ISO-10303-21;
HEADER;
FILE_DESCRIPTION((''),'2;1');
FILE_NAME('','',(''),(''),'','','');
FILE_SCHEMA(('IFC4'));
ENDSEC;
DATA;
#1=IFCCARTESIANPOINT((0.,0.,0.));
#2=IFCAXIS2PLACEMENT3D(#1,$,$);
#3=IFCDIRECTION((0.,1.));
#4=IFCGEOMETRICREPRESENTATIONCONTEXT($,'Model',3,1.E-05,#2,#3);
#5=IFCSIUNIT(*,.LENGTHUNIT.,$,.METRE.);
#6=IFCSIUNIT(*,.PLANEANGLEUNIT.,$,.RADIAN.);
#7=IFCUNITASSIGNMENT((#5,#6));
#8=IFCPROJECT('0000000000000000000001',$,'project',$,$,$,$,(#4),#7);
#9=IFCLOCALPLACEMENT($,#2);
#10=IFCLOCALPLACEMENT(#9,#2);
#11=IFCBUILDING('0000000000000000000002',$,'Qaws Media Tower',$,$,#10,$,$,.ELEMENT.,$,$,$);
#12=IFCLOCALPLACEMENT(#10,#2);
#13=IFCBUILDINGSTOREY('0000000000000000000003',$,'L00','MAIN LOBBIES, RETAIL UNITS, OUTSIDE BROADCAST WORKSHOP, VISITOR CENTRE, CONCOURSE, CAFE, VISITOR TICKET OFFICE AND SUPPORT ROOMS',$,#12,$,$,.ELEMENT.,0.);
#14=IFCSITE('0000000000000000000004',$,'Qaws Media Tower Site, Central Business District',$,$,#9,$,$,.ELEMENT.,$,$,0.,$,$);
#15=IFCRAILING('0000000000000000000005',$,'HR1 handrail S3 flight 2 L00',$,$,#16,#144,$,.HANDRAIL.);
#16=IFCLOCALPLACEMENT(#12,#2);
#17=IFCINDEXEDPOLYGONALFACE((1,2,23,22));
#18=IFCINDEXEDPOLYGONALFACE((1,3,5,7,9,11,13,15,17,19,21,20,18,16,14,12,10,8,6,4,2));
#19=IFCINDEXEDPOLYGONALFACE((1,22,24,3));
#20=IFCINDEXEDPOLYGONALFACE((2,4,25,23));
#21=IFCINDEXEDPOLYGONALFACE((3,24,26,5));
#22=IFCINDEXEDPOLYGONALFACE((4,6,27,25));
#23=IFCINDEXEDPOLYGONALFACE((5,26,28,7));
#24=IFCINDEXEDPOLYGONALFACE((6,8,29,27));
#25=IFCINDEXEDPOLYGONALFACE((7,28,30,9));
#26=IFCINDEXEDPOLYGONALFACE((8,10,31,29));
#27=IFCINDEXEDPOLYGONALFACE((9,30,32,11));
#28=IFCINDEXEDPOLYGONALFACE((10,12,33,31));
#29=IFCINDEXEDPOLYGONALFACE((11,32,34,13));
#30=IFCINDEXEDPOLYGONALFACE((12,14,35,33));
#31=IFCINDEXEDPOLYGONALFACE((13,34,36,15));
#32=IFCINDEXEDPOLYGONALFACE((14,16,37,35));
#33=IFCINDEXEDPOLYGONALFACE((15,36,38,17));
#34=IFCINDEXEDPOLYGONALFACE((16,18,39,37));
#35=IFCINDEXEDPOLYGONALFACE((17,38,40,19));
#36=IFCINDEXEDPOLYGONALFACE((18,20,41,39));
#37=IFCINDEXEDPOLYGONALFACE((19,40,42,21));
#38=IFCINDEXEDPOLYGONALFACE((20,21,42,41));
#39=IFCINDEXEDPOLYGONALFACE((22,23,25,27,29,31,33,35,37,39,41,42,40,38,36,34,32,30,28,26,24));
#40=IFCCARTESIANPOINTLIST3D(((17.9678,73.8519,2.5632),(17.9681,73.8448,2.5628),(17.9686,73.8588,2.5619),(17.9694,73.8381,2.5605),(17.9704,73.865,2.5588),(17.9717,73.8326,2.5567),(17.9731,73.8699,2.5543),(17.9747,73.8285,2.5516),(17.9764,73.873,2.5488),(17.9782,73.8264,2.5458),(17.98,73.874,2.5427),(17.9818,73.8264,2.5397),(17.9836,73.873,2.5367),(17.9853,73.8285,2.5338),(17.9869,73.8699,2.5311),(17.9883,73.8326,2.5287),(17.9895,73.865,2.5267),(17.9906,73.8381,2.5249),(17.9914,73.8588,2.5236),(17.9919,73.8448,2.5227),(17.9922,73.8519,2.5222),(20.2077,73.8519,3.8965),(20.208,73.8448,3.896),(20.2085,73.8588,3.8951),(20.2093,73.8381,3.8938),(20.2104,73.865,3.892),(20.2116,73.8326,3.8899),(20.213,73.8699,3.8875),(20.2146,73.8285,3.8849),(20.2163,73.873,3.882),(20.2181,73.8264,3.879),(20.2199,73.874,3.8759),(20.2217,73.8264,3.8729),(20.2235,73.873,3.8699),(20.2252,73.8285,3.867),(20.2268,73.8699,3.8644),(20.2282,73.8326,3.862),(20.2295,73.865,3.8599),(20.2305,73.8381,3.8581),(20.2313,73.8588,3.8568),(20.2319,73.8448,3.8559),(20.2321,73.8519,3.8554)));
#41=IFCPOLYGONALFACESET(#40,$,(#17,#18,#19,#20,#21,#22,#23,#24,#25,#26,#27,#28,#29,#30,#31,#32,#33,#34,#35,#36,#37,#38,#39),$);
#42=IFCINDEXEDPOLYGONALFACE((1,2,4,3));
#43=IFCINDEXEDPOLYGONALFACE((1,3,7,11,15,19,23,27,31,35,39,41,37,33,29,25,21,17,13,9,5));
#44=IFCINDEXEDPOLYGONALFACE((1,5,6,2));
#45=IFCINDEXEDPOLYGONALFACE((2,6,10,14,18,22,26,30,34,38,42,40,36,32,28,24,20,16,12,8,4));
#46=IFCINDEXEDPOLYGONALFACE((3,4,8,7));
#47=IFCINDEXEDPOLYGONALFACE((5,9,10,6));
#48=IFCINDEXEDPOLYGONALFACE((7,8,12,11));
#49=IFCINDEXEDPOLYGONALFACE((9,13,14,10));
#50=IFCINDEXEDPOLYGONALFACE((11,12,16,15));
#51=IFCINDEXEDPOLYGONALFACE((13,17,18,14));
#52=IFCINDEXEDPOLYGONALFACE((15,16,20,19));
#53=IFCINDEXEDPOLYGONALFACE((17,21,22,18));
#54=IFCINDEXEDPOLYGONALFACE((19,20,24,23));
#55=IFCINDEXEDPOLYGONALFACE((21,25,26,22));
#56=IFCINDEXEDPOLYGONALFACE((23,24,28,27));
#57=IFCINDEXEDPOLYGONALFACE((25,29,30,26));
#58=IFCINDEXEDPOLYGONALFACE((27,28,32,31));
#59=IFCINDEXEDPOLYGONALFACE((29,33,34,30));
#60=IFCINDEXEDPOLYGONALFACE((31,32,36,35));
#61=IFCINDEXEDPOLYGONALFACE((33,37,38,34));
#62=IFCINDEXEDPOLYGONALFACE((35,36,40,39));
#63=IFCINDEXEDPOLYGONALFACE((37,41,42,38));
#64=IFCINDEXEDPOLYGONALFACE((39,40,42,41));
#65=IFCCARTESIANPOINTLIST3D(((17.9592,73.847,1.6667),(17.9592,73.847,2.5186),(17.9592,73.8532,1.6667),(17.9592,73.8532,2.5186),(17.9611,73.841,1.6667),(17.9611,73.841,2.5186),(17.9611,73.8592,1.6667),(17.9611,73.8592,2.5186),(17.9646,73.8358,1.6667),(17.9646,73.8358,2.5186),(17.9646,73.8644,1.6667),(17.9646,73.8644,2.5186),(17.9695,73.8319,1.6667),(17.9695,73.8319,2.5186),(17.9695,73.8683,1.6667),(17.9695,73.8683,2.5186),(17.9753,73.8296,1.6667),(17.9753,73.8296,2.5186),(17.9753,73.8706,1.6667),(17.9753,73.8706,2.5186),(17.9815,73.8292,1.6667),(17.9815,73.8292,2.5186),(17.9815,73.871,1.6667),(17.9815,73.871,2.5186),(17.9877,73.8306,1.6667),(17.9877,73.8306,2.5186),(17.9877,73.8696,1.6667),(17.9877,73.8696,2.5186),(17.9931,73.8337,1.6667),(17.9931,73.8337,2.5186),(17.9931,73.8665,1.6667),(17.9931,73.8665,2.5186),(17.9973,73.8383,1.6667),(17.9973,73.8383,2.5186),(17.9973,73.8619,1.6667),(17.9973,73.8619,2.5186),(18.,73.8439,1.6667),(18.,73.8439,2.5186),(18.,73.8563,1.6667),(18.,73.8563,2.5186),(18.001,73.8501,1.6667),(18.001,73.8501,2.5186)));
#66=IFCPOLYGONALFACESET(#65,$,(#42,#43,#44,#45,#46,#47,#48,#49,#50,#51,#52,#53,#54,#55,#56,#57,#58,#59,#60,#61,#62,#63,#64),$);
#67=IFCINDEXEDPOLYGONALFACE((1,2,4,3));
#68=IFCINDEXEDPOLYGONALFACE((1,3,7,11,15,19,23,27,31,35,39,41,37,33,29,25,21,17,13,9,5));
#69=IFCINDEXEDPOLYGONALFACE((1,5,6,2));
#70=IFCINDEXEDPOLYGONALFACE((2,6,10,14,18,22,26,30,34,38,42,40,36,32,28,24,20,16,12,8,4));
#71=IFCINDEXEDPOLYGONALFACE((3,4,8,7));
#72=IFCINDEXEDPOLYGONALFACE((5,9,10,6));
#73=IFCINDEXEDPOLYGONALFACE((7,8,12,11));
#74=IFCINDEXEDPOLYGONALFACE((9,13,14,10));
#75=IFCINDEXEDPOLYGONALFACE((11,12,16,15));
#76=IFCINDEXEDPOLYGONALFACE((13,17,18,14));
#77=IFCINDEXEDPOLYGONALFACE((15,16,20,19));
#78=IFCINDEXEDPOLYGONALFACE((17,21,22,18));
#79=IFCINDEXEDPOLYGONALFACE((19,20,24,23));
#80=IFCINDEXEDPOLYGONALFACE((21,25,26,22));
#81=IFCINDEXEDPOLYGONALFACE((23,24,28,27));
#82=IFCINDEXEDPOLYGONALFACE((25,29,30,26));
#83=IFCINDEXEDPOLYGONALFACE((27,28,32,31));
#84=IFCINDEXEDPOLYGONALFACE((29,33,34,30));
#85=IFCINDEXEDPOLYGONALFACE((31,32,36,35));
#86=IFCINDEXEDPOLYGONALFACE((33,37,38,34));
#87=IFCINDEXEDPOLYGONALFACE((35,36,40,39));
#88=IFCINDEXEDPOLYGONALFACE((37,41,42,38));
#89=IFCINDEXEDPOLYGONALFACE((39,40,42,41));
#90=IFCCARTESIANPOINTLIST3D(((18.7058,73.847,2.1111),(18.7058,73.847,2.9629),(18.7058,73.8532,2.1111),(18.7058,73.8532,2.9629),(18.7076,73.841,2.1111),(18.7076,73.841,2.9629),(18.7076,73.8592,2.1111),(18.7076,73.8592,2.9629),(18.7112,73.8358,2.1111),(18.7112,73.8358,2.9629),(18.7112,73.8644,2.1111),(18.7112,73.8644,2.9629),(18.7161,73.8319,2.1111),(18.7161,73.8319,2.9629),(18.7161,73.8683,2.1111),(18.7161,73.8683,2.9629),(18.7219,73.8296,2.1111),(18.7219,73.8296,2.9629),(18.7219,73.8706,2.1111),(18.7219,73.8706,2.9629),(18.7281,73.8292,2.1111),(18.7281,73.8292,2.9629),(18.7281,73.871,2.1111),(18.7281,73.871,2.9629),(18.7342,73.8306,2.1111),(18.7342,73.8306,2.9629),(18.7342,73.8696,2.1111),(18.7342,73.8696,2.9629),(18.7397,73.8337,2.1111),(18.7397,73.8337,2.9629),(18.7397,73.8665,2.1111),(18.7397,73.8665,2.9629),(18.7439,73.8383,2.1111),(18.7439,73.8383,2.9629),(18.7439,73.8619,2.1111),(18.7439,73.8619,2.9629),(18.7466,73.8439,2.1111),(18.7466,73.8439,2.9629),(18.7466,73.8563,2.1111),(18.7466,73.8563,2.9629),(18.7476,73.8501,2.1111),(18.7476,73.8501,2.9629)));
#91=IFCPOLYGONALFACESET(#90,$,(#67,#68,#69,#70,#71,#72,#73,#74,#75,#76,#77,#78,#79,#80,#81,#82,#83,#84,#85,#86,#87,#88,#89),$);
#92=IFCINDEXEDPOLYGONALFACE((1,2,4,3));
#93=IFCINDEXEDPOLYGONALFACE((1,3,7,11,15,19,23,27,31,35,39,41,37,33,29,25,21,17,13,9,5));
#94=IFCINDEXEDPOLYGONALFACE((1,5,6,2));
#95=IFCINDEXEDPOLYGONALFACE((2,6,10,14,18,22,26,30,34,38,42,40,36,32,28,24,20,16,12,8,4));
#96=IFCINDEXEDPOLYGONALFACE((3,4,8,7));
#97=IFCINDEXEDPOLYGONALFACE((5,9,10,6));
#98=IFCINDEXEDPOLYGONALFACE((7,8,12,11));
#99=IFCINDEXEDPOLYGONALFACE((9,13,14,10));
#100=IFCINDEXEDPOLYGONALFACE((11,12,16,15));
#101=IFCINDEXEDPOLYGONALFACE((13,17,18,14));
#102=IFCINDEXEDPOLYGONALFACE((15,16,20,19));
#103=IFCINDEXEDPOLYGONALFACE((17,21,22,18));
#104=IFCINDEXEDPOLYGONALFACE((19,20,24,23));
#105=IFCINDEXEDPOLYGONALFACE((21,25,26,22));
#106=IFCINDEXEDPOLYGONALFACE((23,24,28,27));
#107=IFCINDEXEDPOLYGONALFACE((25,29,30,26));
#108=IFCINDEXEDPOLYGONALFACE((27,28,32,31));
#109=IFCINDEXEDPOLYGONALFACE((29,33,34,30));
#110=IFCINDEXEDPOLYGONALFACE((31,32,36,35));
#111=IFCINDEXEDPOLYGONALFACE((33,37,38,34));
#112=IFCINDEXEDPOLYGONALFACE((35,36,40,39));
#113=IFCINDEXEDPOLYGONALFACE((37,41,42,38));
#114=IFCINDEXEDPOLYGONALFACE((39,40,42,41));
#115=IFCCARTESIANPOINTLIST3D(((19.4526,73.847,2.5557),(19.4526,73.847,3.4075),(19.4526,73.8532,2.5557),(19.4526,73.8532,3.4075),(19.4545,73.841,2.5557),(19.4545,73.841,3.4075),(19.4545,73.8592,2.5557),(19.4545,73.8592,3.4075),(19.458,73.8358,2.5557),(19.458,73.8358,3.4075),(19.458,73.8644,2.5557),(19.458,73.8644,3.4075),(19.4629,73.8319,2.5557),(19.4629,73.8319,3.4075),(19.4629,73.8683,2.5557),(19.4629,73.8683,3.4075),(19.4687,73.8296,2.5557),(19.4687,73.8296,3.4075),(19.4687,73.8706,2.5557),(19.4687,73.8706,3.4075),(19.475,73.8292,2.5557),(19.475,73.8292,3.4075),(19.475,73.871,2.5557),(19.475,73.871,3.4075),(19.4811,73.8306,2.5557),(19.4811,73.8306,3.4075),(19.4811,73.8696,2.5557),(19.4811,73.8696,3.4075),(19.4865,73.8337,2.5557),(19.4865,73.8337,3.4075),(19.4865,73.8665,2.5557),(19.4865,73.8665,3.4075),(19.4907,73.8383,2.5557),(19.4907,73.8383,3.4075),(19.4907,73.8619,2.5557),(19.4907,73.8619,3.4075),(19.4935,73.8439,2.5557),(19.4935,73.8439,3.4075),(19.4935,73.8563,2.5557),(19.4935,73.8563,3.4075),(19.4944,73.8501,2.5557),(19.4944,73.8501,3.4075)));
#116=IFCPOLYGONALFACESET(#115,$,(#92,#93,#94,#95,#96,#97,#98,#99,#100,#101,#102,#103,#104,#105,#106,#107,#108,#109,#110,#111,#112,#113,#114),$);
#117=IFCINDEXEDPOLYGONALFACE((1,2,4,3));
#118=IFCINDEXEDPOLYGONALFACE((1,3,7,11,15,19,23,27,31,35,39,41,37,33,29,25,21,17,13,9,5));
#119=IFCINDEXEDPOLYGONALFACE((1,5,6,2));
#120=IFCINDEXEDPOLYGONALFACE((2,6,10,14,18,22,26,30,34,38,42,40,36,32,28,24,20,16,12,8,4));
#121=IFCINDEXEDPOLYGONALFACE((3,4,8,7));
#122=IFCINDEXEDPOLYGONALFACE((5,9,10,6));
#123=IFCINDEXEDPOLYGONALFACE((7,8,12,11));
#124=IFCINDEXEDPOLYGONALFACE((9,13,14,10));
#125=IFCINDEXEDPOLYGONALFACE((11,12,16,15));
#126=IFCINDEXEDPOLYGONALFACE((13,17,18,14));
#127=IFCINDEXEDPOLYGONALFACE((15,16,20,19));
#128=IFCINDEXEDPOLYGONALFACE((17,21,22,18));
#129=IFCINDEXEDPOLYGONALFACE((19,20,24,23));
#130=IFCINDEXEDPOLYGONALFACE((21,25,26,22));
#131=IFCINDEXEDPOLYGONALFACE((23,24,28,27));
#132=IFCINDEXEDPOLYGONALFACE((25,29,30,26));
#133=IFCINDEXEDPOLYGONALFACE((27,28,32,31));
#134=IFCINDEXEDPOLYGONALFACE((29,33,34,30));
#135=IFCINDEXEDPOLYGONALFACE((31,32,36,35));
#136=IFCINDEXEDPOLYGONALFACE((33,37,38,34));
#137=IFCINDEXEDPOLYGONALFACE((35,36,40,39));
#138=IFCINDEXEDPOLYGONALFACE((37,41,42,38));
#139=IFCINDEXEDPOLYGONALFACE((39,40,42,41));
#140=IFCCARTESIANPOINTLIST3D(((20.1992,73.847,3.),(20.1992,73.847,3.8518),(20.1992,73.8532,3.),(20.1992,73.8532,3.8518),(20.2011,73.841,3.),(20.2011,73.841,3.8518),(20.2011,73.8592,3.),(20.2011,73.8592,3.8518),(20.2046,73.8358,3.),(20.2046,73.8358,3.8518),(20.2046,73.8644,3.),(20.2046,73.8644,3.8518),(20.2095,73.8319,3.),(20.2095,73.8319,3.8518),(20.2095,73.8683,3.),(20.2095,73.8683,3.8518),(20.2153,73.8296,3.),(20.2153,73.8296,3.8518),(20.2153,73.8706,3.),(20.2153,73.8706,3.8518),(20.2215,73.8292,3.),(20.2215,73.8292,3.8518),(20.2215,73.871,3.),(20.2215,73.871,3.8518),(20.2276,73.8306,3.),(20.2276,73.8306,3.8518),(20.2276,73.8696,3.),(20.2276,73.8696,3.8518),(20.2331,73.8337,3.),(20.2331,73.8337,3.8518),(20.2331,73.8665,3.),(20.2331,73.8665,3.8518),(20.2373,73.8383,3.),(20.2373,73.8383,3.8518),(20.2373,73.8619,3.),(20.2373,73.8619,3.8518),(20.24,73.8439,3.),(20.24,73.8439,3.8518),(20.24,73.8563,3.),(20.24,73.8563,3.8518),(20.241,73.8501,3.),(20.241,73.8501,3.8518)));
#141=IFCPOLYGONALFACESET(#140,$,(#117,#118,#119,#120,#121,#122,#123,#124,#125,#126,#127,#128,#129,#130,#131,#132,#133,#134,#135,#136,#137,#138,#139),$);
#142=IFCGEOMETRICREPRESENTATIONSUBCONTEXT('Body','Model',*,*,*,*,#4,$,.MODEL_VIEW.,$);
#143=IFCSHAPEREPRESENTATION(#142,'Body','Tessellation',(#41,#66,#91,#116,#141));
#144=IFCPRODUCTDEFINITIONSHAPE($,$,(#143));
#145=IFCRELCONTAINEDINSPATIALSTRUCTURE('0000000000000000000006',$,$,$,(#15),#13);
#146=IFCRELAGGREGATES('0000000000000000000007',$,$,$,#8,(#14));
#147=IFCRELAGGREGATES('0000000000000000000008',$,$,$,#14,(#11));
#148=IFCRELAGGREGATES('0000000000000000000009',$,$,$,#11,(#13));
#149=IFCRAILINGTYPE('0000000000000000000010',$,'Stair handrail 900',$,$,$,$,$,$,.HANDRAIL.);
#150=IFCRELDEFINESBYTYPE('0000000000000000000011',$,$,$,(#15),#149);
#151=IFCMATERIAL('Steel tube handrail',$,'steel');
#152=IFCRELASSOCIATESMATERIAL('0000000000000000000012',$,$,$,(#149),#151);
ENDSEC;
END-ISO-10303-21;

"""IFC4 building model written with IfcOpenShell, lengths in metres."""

from ifc_helpers import new_model, si_unit, direction, frame, origin, origin_2d, place, context, subcontext, project, spatial, circle, extrude, material, type_object, element, save


model = new_model("IFC4")

# Units and contexts
model_context = context("Model", 3, precision=1e-05, world=origin(), true_north=direction((0.0, 1.0)))
body_context = subcontext(model_context, "Body", "Model", "MODEL_VIEW")
ifc_project = project(units=[si_unit("LENGTHUNIT", "METRE"), si_unit("PLANEANGLEUNIT", "RADIAN")], contexts=[model_context])

# Site, building, storey
site_placement = place(None, origin())
site = spatial("IfcSite", under=ifc_project, at=site_placement, Name="Qaws Media Tower Site, Central Business District", CompositionType="ELEMENT", RefElevation=0.0)
building_placement = place(site_placement, origin())
building = spatial("IfcBuilding", under=site, at=building_placement, Name="Qaws Media Tower", CompositionType="ELEMENT")
storey_placement = place(building_placement, origin())
storey = spatial("IfcBuildingStorey", under=building, at=storey_placement, Name="L00", Description="MAIN LOBBIES, RETAIL UNITS, OUTSIDE BROADCAST WORKSHOP, VISITOR CENTRE, CONCOURSE, CAFE, VISITOR TICKET OFFICE AND SUPPORT ROOMS", CompositionType="ELEMENT", Elevation=0.0)

# Railing
ifc_material_1 = material(Name="Steel tube handrail", Category="steel")
railing_type = type_object("IfcRailingType", Name="Stair handrail 900", PredefinedType="HANDRAIL", material=ifc_material_1)
for number, where, name in (
    (1, (17.98, 73.8501, 1.6667), "HR1 handrail S3 flight 2 L00"),
):
    element("IfcRailing", number, at=place(storey_placement, frame(where)), inside=storey, type_object=railing_type, Name=name, PredefinedType="HANDRAIL", context=body_context, shape_type="SweptSolid", body=[
        extrude(circle(Radius=0.0239, at=origin_2d()), frame((0.0, 0.0, 0.876), z_axis=(0.859306, 0.0, 0.511462), x_axis=(0.0, 1.0, 0.0)), (0.0, 0.0, 1.0), 2.6067),
        extrude(circle(Radius=0.021, at=origin_2d()), origin(), (0.0, 0.0, 1.0), 0.8518),
        extrude(circle(Radius=0.021, at=origin_2d()), frame((0.7466, 0.0, 0.4443)), (0.0, 0.0, 1.0), 0.8518),
        extrude(circle(Radius=0.021, at=origin_2d()), frame((1.4934, 0.0, 0.8889)), (0.0, 0.0, 1.0), 0.8518),
        extrude(circle(Radius=0.021, at=origin_2d()), frame((2.24, 0.0, 1.3333)), (0.0, 0.0, 1.0), 0.8518),
    ])

save(model, "model.ifc")
